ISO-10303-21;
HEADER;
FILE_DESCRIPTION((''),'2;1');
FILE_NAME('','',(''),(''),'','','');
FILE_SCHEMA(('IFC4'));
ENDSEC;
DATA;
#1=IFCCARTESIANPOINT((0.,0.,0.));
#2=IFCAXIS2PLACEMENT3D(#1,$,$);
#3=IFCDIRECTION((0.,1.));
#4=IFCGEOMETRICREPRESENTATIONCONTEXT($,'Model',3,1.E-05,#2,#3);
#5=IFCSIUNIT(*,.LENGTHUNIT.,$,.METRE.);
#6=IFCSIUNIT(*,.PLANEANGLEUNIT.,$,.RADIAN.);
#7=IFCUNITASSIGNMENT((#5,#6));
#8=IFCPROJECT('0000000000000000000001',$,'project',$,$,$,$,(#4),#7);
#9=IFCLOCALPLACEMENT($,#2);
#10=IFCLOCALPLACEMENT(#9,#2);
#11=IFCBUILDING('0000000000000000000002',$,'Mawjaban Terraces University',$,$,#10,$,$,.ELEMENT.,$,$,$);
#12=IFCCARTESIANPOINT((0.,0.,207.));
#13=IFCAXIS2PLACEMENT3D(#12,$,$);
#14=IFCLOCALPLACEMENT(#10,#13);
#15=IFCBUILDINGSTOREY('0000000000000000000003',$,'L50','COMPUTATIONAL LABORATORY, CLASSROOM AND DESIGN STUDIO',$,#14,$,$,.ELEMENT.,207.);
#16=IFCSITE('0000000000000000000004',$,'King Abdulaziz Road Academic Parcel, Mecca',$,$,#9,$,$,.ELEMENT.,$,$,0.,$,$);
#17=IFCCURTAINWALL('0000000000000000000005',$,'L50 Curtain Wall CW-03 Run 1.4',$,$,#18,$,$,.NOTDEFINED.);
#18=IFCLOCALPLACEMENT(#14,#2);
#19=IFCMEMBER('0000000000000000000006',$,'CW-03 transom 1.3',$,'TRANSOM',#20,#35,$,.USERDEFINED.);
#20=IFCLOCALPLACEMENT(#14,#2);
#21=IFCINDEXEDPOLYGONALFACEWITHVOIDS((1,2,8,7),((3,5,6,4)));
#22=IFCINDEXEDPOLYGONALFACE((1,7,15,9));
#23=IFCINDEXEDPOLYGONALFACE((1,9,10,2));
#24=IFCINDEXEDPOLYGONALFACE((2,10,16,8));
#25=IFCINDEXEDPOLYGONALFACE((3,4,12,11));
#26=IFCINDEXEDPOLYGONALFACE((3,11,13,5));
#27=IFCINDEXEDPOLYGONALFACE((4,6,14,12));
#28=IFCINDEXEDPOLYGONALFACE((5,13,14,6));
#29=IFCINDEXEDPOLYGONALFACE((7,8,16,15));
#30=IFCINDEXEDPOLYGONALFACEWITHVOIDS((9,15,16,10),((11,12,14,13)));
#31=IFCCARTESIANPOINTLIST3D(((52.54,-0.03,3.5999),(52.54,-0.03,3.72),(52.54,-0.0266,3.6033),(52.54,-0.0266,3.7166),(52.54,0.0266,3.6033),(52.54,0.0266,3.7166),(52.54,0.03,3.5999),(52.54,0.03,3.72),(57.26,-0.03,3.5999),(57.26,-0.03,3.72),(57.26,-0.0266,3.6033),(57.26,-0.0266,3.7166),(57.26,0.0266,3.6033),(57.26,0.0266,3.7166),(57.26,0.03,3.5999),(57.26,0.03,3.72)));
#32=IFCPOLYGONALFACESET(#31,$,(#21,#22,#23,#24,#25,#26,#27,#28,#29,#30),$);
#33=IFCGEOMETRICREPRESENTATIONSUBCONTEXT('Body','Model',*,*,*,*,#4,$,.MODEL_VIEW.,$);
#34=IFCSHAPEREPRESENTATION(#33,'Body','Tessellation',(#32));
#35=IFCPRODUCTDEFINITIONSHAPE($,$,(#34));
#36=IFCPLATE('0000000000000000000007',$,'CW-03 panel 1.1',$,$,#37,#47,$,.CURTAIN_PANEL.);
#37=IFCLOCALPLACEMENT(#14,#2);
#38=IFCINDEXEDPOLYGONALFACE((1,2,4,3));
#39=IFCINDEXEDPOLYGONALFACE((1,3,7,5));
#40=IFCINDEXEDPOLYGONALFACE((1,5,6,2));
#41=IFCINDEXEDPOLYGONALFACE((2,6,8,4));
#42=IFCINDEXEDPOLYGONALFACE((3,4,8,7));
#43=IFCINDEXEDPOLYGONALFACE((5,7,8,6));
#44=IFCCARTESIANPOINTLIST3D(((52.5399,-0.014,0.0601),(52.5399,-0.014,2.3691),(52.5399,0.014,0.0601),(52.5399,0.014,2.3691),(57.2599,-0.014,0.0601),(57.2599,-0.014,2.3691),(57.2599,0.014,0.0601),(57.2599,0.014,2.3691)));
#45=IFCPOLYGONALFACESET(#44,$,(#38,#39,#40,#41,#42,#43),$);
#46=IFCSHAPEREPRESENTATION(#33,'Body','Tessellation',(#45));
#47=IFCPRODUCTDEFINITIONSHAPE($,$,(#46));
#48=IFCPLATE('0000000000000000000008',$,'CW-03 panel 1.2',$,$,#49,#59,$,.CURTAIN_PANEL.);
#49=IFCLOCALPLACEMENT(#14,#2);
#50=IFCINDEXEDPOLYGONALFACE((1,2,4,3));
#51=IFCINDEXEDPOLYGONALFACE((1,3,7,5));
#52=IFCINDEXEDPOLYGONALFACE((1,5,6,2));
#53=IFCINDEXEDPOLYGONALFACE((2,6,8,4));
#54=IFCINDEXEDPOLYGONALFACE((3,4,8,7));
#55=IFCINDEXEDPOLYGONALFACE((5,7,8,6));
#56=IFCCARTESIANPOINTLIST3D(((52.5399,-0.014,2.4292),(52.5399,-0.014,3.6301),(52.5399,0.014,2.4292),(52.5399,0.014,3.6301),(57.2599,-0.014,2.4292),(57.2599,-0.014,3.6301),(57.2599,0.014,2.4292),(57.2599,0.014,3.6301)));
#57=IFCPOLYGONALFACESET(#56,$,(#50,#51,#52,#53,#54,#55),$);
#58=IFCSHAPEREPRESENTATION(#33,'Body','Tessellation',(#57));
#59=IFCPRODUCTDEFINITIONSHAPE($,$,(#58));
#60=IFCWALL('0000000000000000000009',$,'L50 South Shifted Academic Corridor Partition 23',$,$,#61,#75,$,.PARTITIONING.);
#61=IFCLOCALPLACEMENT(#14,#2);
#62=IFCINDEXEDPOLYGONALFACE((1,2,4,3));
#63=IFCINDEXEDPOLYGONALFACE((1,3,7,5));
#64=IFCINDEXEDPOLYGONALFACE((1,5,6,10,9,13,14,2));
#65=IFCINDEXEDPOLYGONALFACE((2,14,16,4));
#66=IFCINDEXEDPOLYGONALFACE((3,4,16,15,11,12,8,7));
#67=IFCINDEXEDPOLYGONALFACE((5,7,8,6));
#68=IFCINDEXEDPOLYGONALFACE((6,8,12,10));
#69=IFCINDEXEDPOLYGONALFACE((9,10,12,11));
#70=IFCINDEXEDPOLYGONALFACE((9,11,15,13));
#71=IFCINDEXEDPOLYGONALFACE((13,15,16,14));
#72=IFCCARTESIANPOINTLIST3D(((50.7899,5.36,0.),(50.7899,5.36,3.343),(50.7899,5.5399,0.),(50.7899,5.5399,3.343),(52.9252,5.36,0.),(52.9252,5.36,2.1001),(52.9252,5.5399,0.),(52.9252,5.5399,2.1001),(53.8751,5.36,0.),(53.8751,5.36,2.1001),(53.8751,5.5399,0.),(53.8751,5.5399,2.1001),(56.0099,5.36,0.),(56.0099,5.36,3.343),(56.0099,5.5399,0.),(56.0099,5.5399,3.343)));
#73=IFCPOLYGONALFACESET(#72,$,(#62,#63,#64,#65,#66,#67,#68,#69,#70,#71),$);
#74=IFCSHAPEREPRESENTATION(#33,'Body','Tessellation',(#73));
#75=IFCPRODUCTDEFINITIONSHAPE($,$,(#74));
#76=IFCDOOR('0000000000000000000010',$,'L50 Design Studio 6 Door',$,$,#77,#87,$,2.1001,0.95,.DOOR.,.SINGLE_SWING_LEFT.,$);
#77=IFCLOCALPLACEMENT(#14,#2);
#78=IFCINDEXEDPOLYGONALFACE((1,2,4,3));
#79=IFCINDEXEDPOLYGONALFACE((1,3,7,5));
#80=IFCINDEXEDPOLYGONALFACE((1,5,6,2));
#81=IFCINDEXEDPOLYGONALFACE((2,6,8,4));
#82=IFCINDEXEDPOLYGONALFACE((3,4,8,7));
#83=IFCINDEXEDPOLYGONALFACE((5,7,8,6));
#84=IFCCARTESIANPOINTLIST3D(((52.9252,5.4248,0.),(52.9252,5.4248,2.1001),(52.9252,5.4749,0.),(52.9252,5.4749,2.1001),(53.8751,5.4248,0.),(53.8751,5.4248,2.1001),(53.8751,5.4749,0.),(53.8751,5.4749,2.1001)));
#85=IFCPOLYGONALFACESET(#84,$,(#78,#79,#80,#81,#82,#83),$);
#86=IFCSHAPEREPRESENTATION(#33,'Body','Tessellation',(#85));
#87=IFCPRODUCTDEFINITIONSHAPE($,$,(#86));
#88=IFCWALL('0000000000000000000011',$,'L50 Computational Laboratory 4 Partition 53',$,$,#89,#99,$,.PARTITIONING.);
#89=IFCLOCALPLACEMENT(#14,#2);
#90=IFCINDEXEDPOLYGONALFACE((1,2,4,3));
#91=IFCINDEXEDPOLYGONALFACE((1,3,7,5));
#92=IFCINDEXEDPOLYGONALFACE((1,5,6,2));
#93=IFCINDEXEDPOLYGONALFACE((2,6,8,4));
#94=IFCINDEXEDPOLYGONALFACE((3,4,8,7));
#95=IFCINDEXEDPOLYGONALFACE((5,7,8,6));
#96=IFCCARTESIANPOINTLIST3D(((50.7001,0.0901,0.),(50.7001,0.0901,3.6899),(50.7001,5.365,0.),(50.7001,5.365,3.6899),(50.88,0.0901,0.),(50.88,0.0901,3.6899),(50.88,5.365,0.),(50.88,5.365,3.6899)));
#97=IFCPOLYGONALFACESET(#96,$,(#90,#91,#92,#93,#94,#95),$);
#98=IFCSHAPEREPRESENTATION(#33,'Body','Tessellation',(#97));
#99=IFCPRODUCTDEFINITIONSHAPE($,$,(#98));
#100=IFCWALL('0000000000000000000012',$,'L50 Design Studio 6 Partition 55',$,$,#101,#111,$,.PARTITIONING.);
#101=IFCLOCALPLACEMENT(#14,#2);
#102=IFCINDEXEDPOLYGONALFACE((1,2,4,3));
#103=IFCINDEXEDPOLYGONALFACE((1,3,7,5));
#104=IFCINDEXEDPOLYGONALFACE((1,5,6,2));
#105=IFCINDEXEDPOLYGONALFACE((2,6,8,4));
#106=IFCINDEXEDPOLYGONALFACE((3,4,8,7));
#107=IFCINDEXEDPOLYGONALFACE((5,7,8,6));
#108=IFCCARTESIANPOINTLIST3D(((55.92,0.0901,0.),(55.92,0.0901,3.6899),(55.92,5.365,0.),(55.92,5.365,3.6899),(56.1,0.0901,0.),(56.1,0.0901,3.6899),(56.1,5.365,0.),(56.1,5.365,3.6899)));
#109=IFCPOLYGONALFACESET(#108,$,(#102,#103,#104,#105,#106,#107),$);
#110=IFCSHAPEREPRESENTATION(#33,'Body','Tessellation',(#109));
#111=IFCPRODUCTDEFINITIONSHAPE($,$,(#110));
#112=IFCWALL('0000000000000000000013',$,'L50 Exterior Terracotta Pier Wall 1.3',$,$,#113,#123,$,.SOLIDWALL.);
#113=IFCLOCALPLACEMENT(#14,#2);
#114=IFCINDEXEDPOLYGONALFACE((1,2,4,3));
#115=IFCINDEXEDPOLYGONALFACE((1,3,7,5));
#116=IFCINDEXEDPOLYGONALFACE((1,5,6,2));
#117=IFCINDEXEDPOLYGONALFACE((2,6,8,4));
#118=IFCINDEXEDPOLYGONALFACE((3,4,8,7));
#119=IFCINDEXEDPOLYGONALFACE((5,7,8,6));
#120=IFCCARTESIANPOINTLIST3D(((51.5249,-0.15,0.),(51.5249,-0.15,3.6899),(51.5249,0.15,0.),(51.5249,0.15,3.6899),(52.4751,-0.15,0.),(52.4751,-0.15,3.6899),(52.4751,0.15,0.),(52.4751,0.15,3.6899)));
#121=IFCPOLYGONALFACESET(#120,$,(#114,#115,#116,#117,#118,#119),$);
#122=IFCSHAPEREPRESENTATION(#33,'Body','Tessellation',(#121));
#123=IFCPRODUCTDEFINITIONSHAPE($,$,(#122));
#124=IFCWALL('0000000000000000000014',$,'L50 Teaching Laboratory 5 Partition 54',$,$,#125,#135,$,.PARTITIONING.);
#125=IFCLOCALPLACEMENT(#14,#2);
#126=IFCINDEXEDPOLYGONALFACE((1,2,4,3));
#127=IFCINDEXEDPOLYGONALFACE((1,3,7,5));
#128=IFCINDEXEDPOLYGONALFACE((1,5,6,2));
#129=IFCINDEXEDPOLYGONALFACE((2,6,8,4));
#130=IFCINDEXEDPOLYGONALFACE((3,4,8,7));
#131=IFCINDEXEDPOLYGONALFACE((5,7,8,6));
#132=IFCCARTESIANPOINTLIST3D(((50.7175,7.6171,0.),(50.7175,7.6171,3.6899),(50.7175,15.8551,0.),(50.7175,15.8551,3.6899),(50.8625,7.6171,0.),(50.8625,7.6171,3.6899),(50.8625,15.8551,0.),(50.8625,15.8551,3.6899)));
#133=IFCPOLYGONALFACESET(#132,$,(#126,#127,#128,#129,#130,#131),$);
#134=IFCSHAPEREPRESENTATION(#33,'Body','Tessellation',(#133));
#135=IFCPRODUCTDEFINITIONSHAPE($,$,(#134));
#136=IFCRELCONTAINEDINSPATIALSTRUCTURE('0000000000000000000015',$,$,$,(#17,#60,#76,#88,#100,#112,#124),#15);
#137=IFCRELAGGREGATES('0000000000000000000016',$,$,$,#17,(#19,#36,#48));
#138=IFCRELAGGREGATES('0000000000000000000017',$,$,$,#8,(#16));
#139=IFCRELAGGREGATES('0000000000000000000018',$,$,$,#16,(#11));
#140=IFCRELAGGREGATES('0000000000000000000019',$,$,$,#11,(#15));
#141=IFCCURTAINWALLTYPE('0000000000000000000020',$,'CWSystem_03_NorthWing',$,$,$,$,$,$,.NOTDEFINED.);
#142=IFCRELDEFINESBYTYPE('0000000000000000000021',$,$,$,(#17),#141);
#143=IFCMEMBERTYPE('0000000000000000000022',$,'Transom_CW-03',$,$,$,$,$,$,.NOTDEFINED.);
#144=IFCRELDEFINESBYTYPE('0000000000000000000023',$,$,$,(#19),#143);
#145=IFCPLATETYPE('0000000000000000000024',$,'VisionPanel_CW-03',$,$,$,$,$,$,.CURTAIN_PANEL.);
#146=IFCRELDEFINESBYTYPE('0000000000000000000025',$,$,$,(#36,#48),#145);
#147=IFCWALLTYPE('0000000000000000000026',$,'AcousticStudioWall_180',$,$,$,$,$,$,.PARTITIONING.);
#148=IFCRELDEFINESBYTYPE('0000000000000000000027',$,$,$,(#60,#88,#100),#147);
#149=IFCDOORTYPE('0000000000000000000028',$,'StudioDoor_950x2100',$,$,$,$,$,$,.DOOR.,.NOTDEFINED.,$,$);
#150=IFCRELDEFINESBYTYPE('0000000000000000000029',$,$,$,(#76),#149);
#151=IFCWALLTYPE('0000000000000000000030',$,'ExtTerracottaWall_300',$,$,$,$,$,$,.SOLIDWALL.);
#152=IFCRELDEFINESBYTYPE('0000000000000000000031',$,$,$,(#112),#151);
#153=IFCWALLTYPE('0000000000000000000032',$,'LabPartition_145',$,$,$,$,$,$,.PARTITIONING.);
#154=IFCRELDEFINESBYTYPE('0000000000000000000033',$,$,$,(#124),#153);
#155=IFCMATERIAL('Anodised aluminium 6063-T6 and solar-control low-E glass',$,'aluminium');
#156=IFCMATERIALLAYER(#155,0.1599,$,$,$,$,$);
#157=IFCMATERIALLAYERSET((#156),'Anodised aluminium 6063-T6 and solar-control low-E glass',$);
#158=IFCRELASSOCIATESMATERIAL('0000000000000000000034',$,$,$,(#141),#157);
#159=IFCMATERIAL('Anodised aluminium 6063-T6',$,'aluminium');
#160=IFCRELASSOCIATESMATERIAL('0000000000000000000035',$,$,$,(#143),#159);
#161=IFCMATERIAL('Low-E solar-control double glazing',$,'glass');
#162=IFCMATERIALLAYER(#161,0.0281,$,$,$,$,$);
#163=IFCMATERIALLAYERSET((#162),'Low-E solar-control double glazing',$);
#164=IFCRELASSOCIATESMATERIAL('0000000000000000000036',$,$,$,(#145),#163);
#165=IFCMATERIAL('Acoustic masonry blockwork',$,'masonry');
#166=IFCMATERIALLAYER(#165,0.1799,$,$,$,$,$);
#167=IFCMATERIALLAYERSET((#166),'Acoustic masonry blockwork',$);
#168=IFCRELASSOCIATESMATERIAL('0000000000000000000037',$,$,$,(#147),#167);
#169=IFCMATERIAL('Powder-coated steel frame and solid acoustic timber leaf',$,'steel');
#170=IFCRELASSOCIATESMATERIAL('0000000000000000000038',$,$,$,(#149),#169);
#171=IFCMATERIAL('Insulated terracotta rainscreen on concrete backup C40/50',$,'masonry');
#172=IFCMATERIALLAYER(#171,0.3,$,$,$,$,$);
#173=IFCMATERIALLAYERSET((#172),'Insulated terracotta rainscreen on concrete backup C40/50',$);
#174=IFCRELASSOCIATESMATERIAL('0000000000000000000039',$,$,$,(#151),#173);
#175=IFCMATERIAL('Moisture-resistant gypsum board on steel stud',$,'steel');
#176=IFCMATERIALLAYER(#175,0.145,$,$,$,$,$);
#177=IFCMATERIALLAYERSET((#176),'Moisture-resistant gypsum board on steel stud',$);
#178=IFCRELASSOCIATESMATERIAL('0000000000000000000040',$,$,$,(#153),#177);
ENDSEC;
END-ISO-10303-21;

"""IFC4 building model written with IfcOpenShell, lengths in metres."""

from ifc_helpers import new_model, si_unit, direction, frame, frame_2d, origin, origin_2d, place, context, subcontext, project, spatial, rectangle, hollow_rectangle, extrude, material, layer, layer_set, material_profile, profile_set, type_object, element, fill, aggregate, save


model = new_model("IFC4")

# Units and contexts
model_context = context("Model", 3, precision=1e-05, world=origin(), true_north=direction((0.0, 1.0)))
body_context = subcontext(model_context, "Body", "Model", "MODEL_VIEW")
ifc_project = project(units=[si_unit("LENGTHUNIT", "METRE"), si_unit("PLANEANGLEUNIT", "RADIAN")], contexts=[model_context])

# Site, building, storey
site_placement = place(None, origin())
site = spatial("IfcSite", under=ifc_project, at=site_placement, Name="King Abdulaziz Road Academic Parcel, Mecca", CompositionType="ELEMENT", RefElevation=0.0)
building_placement = place(site_placement, origin())
building = spatial("IfcBuilding", under=site, at=building_placement, Name="Mawjaban Terraces University", CompositionType="ELEMENT")
storey_placement = place(building_placement, frame((0.0, 0.0, 207.0)))
storey = spatial("IfcBuildingStorey", under=building, at=storey_placement, Name="L50", Description="COMPUTATIONAL LABORATORY, CLASSROOM AND DESIGN STUDIO", CompositionType="ELEMENT", Elevation=207.0)

# Shared definitions
ifc_material_1 = material(Name="Anodised aluminium 6063-T6 and solar-control low-E glass", Category="aluminium")
ifc_layer_1 = layer(ifc_material_1, 0.1599)
ifc_layer_set_1 = layer_set([ifc_layer_1], Name="Anodised aluminium 6063-T6 and solar-control low-E glass")
curtain_wall_type = type_object("IfcCurtainWallType", Name="CWSystem_03_NorthWing", PredefinedType="NOTDEFINED", material=ifc_layer_set_1)
ifc_material_2 = material(Name="Anodised aluminium 6063-T6", Category="aluminium")

# Curtain wall, member, plates
curtain_wall_1_placement = place(storey_placement, origin())
curtain_wall_1 = element("IfcCurtainWall", 1, at=curtain_wall_1_placement, inside=storey, type_object=curtain_wall_type, Name="L50 Curtain Wall CW-03 Run 1.4", PredefinedType="NOTDEFINED")
ifc_material_profile_1 = material_profile(ifc_material_2, hollow_rectangle(XDim=0.0601, YDim=0.1201, WallThickness=0.0034, at=origin_2d()), Name="ALU120X60X3.5")
ifc_profile_set_1 = profile_set([ifc_material_profile_1], Name="Anodised aluminium 6063-T6")
member_type_1 = type_object("IfcMemberType", Name="Transom_CW-03", PredefinedType="NOTDEFINED", material=ifc_profile_set_1)
member_1_placement = place(storey_placement, frame((52.54, 0.0, 3.6599), z_axis=(1.0, 0.0, 0.0), x_axis=(0.0, 1.0, 0.0)))
member_1 = element("IfcMember", 2, at=member_1_placement, type_object=member_type_1, Name="CW-03 transom 1.3", ObjectType="TRANSOM", PredefinedType="USERDEFINED", context=body_context, shape_type="SweptSolid", body=[
    extrude(hollow_rectangle(XDim=0.0601, YDim=0.1201, WallThickness=0.0034, at=origin_2d()), origin(), (0.0, 0.0, 1.0), 4.72),
])
ifc_material_3 = material(Name="Low-E solar-control double glazing", Category="glass")
ifc_layer_2 = layer(ifc_material_3, 0.0281)
ifc_layer_set_2 = layer_set([ifc_layer_2], Name="Low-E solar-control double glazing")
plate_type = type_object("IfcPlateType", Name="VisionPanel_CW-03", PredefinedType="CURTAIN_PANEL", material=ifc_layer_set_2)
plate_1_placement = place(storey_placement, frame((54.8999, 0.0, 0.0601), z_axis=(0.0, 0.0, 1.0), x_axis=(1.0, 0.0, 0.0)))
plate_1 = element("IfcPlate", 3, at=plate_1_placement, type_object=plate_type, Name="CW-03 panel 1.1", PredefinedType="CURTAIN_PANEL", context=body_context, shape_type="SweptSolid", body=[
    extrude(rectangle(XDim=4.72, YDim=0.0281, at=origin_2d()), origin(), (0.0, 0.0, 1.0), 2.3091),
])
plate_2_placement = place(storey_placement, frame((54.8999, 0.0, 2.4292), z_axis=(0.0, 0.0, 1.0), x_axis=(1.0, 0.0, 0.0)))
plate_2 = element("IfcPlate", 4, at=plate_2_placement, type_object=plate_type, Name="CW-03 panel 1.2", PredefinedType="CURTAIN_PANEL", context=body_context, shape_type="SweptSolid", body=[
    extrude(rectangle(XDim=4.72, YDim=0.0281, at=origin_2d()), origin(), (0.0, 0.0, 1.0), 1.2009),
])
aggregate(curtain_wall_1, [member_1, plate_1, plate_2])

# Wall, opening, door
ifc_material_4 = material(Name="Acoustic masonry blockwork", Category="masonry")
ifc_layer_3 = layer(ifc_material_4, 0.1799)
ifc_layer_set_3 = layer_set([ifc_layer_3], Name="Acoustic masonry blockwork")
wall_type_1 = type_object("IfcWallType", Name="AcousticStudioWall_180", PredefinedType="PARTITIONING", material=ifc_layer_set_3)
wall_1_placement = place(storey_placement, frame((50.79, 5.45, 0.0), z_axis=(0.0, 0.0, 1.0), x_axis=(1.0, 0.0, 0.0)))
wall_1 = element("IfcWall", 5, at=wall_1_placement, inside=storey, type_object=wall_type_1, Name="L50 South Shifted Academic Corridor Partition 23", PredefinedType="PARTITIONING", context=body_context, shape_type="SweptSolid", body=[
    extrude(rectangle(XDim=5.22, YDim=0.1799, at=frame_2d((2.6099, 0.0))), origin(), (0.0, 0.0, 1.0), 3.343),
])
opening_1_placement = place(wall_1_placement, frame((2.135, 0.0, 0.0)))
opening_1 = element("IfcOpeningElement", 6, at=opening_1_placement, cuts=wall_1, PredefinedType="OPENING", context=body_context, shape_type="SweptSolid", body=[
    extrude(rectangle(XDim=0.95, YDim=2.1001, at=frame_2d((0.4751, 1.05))), frame((0.0, 0.0999, 0.0), z_axis=(0.0, -1.0, 0.0), x_axis=(1.0, 0.0, 0.0)), (0.0, 0.0, 1.0), 0.2),
])
ifc_material_5 = material(Name="Powder-coated steel frame and solid acoustic timber leaf", Category="steel")
door_type_1 = type_object("IfcDoorType", Name="StudioDoor_950x2100", OperationType="NOTDEFINED", PredefinedType="DOOR", material=ifc_material_5)
door_1_placement = place(opening_1_placement, origin())
door_1 = element("IfcDoor", 7, at=door_1_placement, inside=storey, type_object=door_type_1, Name="L50 Design Studio 6 Door", OperationType="SINGLE_SWING_LEFT", OverallHeight=2.1001, OverallWidth=0.95, PredefinedType="DOOR", context=body_context, shape_type="SweptSolid", body=[
    extrude(rectangle(XDim=0.95, YDim=2.1001, at=frame_2d((0.4751, 1.05))), frame((0.0, 0.0249, 0.0), z_axis=(0.0, -1.0, 0.0), x_axis=(1.0, 0.0, 0.0)), (0.0, 0.0, 1.0), 0.05),
])
fill(opening_1, door_1)

# Walls
for number, where, z_axis, x_axis, name in (
    (8, (50.79, 0.0901, 0.0), (0.0, 0.0, 1.0), (0.0, 1.0, 0.0), "L50 Computational Laboratory 4 Partition 53"),
    (9, (56.01, 0.0901, 0.0), (0.0, 0.0, 1.0), (0.0, 1.0, 0.0), "L50 Design Studio 6 Partition 55"),
):
    element("IfcWall", number, at=place(storey_placement, frame(where, z_axis=z_axis, x_axis=x_axis)), inside=storey, type_object=wall_type_1, Name=name, PredefinedType="PARTITIONING", context=body_context, shape_type="SweptSolid", body=[
        extrude(rectangle(XDim=5.2749, YDim=0.1799, at=frame_2d((2.6375, 0.0))), origin(), (0.0, 0.0, 1.0), 3.6899),
    ])
ifc_material_6 = material(Name="Insulated terracotta rainscreen on concrete backup C40/50", Category="masonry")
ifc_layer_4 = layer(ifc_material_6, 0.3)
ifc_layer_set_4 = layer_set([ifc_layer_4], Name="Insulated terracotta rainscreen on concrete backup C40/50")
wall_type_2 = type_object("IfcWallType", Name="ExtTerracottaWall_300", PredefinedType="SOLIDWALL", material=ifc_layer_set_4)
wall_2_placement = place(storey_placement, frame((51.5249, 0.0, 0.0), z_axis=(0.0, 0.0, 1.0), x_axis=(1.0, 0.0, 0.0)))
element("IfcWall", 10, at=wall_2_placement, inside=storey, type_object=wall_type_2, Name="L50 Exterior Terracotta Pier Wall 1.3", PredefinedType="SOLIDWALL", context=body_context, shape_type="SweptSolid", body=[
    extrude(rectangle(XDim=0.9502, YDim=0.3, at=frame_2d((0.4751, 0.0))), origin(), (0.0, 0.0, 1.0), 3.6899),
])

# Shared definitions
ifc_material_7 = material(Name="Moisture-resistant gypsum board on steel stud", Category="steel")
ifc_layer_5 = layer(ifc_material_7, 0.145)
ifc_layer_set_5 = layer_set([ifc_layer_5], Name="Moisture-resistant gypsum board on steel stud")
wall_type_3 = type_object("IfcWallType", Name="LabPartition_145", PredefinedType="PARTITIONING", material=ifc_layer_set_5)

# Wall
wall_3_placement = place(storey_placement, frame((50.79, 7.6169, 0.0), z_axis=(0.0, 0.0, 1.0), x_axis=(0.0, 1.0, 0.0)))
element("IfcWall", 11, at=wall_3_placement, inside=storey, type_object=wall_type_3, Name="L50 Teaching Laboratory 5 Partition 54", PredefinedType="PARTITIONING", context=body_context, shape_type="SweptSolid", body=[
    extrude(rectangle(XDim=8.238, YDim=0.145, at=frame_2d((4.1191, 0.0))), origin(), (0.0, 0.0, 1.0), 3.6899),
])

save(model, "model.ifc")
